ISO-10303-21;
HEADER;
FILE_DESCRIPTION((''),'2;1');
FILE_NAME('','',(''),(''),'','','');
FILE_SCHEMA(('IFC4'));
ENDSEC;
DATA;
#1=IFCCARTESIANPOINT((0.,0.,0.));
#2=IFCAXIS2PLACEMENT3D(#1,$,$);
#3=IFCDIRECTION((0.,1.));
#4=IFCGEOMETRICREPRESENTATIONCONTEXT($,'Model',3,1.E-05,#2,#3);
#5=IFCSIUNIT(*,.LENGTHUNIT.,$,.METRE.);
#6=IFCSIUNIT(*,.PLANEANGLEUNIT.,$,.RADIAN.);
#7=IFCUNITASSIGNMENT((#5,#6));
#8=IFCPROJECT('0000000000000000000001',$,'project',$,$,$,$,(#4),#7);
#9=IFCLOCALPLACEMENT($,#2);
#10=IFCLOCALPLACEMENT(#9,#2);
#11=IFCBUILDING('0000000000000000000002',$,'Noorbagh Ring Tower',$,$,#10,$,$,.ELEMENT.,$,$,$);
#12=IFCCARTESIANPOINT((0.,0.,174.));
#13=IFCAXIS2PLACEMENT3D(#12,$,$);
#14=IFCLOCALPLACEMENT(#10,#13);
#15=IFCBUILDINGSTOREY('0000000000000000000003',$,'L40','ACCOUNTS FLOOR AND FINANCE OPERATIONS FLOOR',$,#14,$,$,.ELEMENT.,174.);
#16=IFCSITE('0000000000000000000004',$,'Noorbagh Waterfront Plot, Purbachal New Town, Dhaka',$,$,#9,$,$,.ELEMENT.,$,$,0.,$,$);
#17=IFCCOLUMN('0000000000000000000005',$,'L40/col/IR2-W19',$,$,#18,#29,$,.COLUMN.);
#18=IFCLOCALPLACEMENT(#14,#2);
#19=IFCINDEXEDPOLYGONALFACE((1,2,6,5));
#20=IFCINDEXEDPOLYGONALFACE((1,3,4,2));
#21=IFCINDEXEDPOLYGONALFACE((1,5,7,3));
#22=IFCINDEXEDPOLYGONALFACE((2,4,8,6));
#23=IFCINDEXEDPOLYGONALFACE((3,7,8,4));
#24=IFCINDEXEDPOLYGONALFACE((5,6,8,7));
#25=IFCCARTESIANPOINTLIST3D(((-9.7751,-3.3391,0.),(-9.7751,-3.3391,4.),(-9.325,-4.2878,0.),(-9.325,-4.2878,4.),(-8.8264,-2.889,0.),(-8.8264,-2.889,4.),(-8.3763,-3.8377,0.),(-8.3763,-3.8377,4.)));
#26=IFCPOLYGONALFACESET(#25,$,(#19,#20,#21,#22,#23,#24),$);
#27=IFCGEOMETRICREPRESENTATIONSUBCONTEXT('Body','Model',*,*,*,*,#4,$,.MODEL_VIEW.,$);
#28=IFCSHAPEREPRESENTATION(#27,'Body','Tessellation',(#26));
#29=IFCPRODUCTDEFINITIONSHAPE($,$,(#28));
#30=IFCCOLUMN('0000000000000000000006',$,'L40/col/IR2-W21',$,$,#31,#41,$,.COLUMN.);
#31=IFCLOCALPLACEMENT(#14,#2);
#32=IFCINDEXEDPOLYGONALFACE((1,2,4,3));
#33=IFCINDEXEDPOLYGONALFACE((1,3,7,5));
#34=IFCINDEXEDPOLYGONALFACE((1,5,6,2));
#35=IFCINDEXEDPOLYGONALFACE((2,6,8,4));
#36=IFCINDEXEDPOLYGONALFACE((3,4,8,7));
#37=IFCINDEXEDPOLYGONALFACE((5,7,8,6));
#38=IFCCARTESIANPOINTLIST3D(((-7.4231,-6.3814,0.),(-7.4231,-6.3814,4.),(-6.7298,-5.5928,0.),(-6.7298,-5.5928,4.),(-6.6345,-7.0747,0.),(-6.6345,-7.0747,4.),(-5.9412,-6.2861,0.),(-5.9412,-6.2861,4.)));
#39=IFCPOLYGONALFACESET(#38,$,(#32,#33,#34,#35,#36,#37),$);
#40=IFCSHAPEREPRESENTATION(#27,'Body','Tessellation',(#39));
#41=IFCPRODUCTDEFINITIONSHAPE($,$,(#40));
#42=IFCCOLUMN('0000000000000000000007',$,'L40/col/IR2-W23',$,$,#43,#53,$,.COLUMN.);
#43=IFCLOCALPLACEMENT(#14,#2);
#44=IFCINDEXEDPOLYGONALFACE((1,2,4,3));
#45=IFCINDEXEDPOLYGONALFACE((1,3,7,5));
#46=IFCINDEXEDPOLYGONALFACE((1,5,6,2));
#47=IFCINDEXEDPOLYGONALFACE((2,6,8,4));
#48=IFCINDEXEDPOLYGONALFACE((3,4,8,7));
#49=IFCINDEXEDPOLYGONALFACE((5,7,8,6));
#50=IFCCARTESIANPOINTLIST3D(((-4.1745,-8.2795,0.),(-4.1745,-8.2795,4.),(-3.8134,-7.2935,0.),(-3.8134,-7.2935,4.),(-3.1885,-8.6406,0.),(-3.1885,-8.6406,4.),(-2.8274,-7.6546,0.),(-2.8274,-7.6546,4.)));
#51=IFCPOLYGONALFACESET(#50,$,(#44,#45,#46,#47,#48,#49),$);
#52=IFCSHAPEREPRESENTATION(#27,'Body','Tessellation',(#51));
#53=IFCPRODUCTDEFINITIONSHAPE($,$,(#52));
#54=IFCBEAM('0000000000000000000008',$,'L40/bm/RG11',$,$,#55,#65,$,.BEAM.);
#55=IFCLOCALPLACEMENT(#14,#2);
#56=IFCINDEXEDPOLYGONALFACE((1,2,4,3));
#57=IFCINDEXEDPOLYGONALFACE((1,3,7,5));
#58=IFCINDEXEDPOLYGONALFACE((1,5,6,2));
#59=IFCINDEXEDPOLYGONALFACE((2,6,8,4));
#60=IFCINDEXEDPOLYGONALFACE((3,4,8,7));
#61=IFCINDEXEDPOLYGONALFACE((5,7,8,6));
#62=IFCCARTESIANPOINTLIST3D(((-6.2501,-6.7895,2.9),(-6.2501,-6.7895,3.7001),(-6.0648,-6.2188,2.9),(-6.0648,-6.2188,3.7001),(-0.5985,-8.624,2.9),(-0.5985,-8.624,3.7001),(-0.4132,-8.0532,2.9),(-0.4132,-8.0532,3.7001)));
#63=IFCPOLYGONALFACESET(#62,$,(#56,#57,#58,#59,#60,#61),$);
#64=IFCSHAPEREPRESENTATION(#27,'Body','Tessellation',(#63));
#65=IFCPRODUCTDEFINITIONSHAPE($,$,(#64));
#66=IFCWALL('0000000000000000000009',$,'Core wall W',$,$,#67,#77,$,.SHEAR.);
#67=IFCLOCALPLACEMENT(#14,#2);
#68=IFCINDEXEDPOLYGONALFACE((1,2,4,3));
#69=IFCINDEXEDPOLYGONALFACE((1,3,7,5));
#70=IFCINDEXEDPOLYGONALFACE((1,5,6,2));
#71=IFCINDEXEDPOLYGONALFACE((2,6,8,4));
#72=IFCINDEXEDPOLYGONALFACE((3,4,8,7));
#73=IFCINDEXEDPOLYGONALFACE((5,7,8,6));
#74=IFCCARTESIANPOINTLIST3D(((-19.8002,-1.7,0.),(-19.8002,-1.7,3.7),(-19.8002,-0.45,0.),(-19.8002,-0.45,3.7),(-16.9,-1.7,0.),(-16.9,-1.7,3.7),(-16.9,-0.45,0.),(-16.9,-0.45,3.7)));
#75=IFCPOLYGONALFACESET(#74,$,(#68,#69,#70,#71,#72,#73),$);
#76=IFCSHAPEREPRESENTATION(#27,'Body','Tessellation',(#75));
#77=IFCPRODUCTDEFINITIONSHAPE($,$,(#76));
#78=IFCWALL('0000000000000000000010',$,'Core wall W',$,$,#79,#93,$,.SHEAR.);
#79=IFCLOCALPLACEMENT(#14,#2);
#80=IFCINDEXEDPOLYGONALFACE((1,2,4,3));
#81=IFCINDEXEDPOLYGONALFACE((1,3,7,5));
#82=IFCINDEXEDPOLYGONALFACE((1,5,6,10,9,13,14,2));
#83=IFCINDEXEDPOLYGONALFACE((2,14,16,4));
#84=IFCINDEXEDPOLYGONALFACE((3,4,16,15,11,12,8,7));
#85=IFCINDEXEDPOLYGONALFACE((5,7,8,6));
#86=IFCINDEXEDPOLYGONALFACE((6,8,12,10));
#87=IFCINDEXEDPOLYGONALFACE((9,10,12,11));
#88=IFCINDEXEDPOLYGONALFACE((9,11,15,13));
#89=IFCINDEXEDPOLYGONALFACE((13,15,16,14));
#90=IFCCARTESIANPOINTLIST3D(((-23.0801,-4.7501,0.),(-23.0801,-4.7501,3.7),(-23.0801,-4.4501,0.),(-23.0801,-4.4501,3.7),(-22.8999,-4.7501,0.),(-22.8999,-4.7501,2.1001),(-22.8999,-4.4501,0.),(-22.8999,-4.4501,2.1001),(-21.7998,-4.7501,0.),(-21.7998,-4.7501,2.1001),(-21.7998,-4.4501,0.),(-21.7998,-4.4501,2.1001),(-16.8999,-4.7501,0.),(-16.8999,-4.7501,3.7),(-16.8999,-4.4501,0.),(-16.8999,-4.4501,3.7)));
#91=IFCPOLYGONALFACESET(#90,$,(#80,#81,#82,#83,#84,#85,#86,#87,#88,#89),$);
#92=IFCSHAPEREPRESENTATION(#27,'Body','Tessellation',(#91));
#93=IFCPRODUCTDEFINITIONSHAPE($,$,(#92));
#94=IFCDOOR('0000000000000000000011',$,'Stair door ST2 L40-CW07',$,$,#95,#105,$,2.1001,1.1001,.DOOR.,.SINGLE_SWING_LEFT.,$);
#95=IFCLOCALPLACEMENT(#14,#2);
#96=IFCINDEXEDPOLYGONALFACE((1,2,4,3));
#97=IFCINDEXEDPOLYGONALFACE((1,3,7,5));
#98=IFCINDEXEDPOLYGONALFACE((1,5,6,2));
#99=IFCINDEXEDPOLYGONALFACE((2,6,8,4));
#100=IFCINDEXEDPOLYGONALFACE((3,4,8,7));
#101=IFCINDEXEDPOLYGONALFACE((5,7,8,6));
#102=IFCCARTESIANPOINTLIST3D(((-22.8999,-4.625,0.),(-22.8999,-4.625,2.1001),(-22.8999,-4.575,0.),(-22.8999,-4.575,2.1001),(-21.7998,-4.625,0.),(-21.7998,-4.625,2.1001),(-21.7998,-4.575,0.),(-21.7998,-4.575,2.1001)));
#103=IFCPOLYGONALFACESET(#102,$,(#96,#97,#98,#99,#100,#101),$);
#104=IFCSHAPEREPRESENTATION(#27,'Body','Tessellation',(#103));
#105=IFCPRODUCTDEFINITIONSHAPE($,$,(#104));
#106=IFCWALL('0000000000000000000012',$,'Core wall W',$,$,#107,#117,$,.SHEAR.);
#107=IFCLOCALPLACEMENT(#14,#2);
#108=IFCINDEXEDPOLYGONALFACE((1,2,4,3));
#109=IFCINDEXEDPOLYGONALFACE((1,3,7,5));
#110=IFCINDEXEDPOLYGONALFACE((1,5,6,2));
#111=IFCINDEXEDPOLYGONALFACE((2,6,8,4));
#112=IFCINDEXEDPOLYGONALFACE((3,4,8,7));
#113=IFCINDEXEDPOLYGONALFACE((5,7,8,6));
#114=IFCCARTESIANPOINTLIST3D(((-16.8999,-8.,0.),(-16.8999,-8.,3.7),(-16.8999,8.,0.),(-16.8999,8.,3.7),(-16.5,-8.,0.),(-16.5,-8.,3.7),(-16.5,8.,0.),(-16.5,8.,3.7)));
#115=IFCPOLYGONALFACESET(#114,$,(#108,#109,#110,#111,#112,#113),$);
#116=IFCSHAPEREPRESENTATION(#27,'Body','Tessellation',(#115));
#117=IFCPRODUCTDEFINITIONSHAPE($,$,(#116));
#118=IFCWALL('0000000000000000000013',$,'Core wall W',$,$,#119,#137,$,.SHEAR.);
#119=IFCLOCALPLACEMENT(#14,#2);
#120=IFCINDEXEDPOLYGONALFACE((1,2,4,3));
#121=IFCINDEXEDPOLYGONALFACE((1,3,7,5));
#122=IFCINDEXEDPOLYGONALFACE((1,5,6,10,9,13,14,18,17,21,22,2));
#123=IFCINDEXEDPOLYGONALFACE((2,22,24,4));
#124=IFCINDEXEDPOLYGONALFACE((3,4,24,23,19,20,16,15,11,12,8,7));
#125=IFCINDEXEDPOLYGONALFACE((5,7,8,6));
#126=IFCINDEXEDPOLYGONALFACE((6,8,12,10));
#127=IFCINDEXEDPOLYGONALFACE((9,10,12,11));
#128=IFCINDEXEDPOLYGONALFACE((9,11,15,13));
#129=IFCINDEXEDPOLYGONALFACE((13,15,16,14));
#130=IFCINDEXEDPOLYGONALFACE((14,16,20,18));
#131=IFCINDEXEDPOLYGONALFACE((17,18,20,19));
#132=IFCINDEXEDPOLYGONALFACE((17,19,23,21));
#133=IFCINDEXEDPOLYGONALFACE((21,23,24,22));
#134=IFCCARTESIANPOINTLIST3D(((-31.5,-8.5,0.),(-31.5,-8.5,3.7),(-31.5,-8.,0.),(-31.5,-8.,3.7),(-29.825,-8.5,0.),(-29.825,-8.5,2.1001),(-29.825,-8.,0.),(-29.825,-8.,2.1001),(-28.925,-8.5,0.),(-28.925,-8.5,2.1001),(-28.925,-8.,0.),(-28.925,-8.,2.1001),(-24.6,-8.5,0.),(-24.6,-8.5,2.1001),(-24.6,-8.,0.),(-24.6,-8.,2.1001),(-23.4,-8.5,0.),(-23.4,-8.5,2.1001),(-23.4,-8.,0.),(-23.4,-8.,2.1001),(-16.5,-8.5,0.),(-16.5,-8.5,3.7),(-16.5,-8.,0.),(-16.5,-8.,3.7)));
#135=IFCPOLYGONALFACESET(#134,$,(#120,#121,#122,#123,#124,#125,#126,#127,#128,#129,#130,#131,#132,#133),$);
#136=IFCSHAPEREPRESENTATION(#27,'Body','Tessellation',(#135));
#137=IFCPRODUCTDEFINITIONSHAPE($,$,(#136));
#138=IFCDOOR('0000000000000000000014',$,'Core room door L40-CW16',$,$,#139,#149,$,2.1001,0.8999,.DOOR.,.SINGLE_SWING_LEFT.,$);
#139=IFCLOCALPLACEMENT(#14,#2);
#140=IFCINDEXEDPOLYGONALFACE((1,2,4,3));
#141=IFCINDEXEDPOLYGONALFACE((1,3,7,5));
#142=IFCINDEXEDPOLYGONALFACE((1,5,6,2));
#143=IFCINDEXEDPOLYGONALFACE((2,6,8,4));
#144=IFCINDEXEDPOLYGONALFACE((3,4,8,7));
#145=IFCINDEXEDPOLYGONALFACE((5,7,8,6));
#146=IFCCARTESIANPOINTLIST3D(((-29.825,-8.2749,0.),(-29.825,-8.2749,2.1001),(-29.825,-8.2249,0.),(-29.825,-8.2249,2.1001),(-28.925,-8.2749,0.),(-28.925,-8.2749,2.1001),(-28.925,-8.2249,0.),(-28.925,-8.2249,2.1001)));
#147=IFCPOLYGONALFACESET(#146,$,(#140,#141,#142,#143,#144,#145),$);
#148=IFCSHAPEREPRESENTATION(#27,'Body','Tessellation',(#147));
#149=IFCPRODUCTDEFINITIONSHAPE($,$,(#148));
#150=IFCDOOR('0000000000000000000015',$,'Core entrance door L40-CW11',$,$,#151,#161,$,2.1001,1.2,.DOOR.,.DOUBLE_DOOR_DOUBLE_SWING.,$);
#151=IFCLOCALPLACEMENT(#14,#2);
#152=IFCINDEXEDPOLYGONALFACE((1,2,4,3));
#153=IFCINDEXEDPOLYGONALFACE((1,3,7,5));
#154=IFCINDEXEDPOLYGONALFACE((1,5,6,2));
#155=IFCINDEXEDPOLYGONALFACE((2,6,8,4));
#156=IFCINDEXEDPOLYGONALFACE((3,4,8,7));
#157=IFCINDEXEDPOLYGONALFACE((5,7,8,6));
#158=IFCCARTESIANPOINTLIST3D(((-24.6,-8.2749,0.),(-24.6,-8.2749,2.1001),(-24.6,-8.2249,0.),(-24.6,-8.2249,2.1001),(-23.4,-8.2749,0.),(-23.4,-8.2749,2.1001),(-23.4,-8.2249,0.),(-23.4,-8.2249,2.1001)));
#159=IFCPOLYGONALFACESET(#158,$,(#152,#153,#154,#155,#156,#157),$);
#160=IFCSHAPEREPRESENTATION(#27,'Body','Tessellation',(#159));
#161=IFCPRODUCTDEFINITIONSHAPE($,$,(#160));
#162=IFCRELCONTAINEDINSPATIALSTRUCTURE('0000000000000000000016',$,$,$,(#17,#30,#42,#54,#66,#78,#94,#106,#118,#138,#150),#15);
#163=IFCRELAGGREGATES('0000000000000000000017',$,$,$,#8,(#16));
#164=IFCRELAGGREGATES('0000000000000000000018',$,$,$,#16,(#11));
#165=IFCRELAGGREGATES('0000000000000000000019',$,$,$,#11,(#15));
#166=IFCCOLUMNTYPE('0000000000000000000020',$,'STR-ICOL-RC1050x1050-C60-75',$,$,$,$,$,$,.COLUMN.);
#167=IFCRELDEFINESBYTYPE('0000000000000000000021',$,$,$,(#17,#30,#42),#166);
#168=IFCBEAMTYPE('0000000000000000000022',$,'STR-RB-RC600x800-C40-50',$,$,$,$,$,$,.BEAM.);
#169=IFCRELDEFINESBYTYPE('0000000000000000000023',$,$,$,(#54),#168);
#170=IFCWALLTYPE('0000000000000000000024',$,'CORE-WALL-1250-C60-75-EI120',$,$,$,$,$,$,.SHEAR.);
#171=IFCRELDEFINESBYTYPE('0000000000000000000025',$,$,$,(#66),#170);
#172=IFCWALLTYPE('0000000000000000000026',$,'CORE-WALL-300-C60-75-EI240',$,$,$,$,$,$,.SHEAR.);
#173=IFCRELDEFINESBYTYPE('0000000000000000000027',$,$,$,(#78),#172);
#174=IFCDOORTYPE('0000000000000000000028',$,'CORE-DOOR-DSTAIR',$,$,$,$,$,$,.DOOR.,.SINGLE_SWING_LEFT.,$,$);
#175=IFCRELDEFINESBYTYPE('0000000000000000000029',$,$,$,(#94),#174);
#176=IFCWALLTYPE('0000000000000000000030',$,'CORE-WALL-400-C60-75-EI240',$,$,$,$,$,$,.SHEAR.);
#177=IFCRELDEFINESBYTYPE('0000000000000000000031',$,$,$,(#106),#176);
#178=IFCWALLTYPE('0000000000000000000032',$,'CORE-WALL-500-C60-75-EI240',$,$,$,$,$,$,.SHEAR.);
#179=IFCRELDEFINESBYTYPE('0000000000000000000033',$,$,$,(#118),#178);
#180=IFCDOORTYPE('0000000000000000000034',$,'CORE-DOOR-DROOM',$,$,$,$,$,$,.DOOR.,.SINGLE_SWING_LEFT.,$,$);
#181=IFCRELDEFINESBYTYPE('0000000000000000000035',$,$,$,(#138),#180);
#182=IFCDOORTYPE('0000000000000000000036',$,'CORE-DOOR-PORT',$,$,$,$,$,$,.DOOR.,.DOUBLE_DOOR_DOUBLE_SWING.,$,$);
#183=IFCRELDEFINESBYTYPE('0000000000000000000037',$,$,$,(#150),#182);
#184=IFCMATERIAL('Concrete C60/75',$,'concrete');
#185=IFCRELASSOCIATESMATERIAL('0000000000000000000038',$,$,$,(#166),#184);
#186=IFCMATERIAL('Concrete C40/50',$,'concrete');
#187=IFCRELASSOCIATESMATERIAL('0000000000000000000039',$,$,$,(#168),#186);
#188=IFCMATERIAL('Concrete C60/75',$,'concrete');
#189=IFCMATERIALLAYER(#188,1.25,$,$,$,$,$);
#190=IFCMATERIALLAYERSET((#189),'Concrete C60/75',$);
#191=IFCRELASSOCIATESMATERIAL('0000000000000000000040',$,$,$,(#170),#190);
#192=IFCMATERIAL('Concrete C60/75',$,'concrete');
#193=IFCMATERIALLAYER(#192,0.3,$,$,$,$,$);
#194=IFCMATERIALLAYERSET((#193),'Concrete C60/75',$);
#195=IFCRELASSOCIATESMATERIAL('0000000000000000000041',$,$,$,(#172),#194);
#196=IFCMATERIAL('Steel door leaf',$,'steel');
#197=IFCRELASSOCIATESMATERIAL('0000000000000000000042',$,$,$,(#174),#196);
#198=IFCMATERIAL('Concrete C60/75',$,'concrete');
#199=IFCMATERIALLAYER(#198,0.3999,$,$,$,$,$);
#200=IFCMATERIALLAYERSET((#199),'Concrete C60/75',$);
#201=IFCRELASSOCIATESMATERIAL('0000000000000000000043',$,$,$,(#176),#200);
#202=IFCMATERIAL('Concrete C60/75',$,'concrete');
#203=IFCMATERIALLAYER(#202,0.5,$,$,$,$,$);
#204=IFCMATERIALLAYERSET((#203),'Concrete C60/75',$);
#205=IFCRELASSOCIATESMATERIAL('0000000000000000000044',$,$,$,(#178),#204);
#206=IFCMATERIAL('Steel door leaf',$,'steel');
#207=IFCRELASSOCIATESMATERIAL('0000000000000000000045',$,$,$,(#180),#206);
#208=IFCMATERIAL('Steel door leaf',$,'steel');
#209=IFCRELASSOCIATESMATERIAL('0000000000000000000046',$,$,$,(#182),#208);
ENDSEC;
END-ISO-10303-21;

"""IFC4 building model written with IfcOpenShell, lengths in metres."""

from ifc_helpers import new_model, si_unit, direction, frame, frame_2d, origin, origin_2d, place, context, subcontext, project, spatial, rectangle, extrude, material, layer, layer_set, material_profile, profile_set, type_object, element, fill, save


model = new_model("IFC4")

# Units and contexts
model_context = context("Model", 3, precision=1e-05, world=origin(), true_north=direction((0.0, 1.0)))
body_context = subcontext(model_context, "Body", "Model", "MODEL_VIEW")
ifc_project = project(units=[si_unit("LENGTHUNIT", "METRE"), si_unit("PLANEANGLEUNIT", "RADIAN")], contexts=[model_context])

# Site, building, storey
site_placement = place(None, origin())
site = spatial("IfcSite", under=ifc_project, at=site_placement, Name="Noorbagh Waterfront Plot, Purbachal New Town, Dhaka", CompositionType="ELEMENT", RefElevation=0.0)
building_placement = place(site_placement, origin())
building = spatial("IfcBuilding", under=site, at=building_placement, Name="Noorbagh Ring Tower", CompositionType="ELEMENT")
storey_placement = place(building_placement, frame((0.0, 0.0, 174.0)))
storey = spatial("IfcBuildingStorey", under=building, at=storey_placement, Name="L40", Description="ACCOUNTS FLOOR AND FINANCE OPERATIONS FLOOR", CompositionType="ELEMENT", Elevation=174.0)

# Columns
ifc_material_1 = material(Name="Concrete C60/75", Category="concrete")
ifc_material_profile_1 = material_profile(ifc_material_1, rectangle(XDim=1.05, YDim=1.05, at=origin_2d()), Name="RC1050x1050")
ifc_profile_set_1 = profile_set([ifc_material_profile_1], Name="Concrete C60/75")
column_type = type_object("IfcColumnType", Name="STR-ICOL-RC1050x1050-C60-75", PredefinedType="COLUMN", material=ifc_profile_set_1)
for number, where, z_axis, x_axis, name in (
    (1, (-9.0757, -3.5884, 0.0), (0.0, 0.0, 1.0), (0.428667, -0.903463, 0.0), "L40/col/IR2-W19"),
    (2, (-6.6821, -6.3337, 0.0), (0.0, 0.0, 1.0), (0.751022, -0.660277, 0.0), "L40/col/IR2-W21"),
    (3, (-3.501, -7.967, 0.0), (0.0, 0.0, 1.0), (0.93902, -0.343864, 0.0), "L40/col/IR2-W23"),
):
    element("IfcColumn", number, at=place(storey_placement, frame(where, z_axis=z_axis, x_axis=x_axis)), inside=storey, type_object=column_type, Name=name, PredefinedType="COLUMN", context=body_context, shape_type="SweptSolid", body=[
        extrude(rectangle(XDim=1.05, YDim=1.05, at=origin_2d()), origin(), (0.0, 0.0, 1.0), 4.0),
    ])

# Beam
ifc_material_2 = material(Name="Concrete C40/50", Category="concrete")
ifc_material_profile_2 = material_profile(ifc_material_2, rectangle(XDim=0.6001, YDim=0.8, at=origin_2d()), Name="RC600x800")
ifc_profile_set_2 = profile_set([ifc_material_profile_2], Name="Concrete C40/50")
beam_type = type_object("IfcBeamType", Name="STR-RB-RC600x800-C40-50", PredefinedType="BEAM", material=ifc_profile_set_2)
beam_placement = place(storey_placement, frame((-6.1575, -6.5042, 3.3), z_axis=(0.951148, -0.308736, 0.0), x_axis=(0.308736, 0.951148, 0.0)))
element("IfcBeam", 4, at=beam_placement, inside=storey, type_object=beam_type, Name="L40/bm/RG11", PredefinedType="BEAM", context=body_context, shape_type="SweptSolid", body=[
    extrude(rectangle(XDim=0.6001, YDim=0.8, at=origin_2d()), origin(), (0.0, 0.0, 1.0), 5.9419),
])

# Wall
ifc_material_3 = material(Name="Concrete C60/75", Category="concrete")
ifc_layer_1 = layer(ifc_material_3, 1.25)
ifc_layer_set_1 = layer_set([ifc_layer_1], Name="Concrete C60/75")
wall_type_1 = type_object("IfcWallType", Name="CORE-WALL-1250-C60-75-EI120", PredefinedType="SHEAR", material=ifc_layer_set_1)
wall_1_placement = place(storey_placement, frame((-16.8999, -1.075, 0.0), z_axis=(0.0, 0.0, 1.0), x_axis=(-1.0, 0.0, 0.0)))
element("IfcWall", 5, at=wall_1_placement, inside=storey, type_object=wall_type_1, Name="Core wall W", PredefinedType="SHEAR", context=body_context, shape_type="SweptSolid", body=[
    extrude(rectangle(XDim=2.9001, YDim=1.25, at=frame_2d((1.4502, 0.0))), origin(), (0.0, 0.0, 1.0), 3.7),
])

# Wall, opening, door
ifc_material_4 = material(Name="Concrete C60/75", Category="concrete")
ifc_layer_2 = layer(ifc_material_4, 0.3)
ifc_layer_set_2 = layer_set([ifc_layer_2], Name="Concrete C60/75")
wall_type_2 = type_object("IfcWallType", Name="CORE-WALL-300-C60-75-EI240", PredefinedType="SHEAR", material=ifc_layer_set_2)
wall_2_placement = place(storey_placement, frame((-16.8999, -4.6001, 0.0), z_axis=(0.0, 0.0, 1.0), x_axis=(-1.0, 0.0, 0.0)))
wall_2 = element("IfcWall", 6, at=wall_2_placement, inside=storey, type_object=wall_type_2, Name="Core wall W", PredefinedType="SHEAR", context=body_context, shape_type="SweptSolid", body=[
    extrude(rectangle(XDim=6.1802, YDim=0.3, at=frame_2d((3.0901, 0.0))), origin(), (0.0, 0.0, 1.0), 3.7),
])
opening_1_placement = place(wall_2_placement, frame((4.8999, 0.0, 0.0)))
opening_1 = element("IfcOpeningElement", 7, at=opening_1_placement, cuts=wall_2, PredefinedType="OPENING", context=body_context, shape_type="SweptSolid", body=[
    extrude(rectangle(XDim=1.1001, YDim=2.1001, at=frame_2d((0.55, 1.05))), frame((0.0, 0.1602, 0.0), z_axis=(0.0, -1.0, 0.0), x_axis=(1.0, 0.0, 0.0)), (0.0, 0.0, 1.0), 0.3201),
])
ifc_material_5 = material(Name="Steel door leaf", Category="steel")
door_type_1 = type_object("IfcDoorType", Name="CORE-DOOR-DSTAIR", OperationType="SINGLE_SWING_LEFT", PredefinedType="DOOR", material=ifc_material_5)
door_1_placement = place(opening_1_placement, origin())
door_1 = element("IfcDoor", 8, at=door_1_placement, inside=storey, type_object=door_type_1, Name="Stair door ST2 L40-CW07", OperationType="SINGLE_SWING_LEFT", OverallHeight=2.1001, OverallWidth=1.1001, PredefinedType="DOOR", context=body_context, shape_type="SweptSolid", body=[
    extrude(rectangle(XDim=1.1001, YDim=2.1001, at=frame_2d((0.55, 1.05))), frame((0.0, 0.0249, 0.0), z_axis=(0.0, -1.0, 0.0), x_axis=(1.0, 0.0, 0.0)), (0.0, 0.0, 1.0), 0.05),
])
fill(opening_1, door_1)

# Wall
ifc_material_6 = material(Name="Concrete C60/75", Category="concrete")
ifc_layer_3 = layer(ifc_material_6, 0.3999)
ifc_layer_set_3 = layer_set([ifc_layer_3], Name="Concrete C60/75")
wall_type_3 = type_object("IfcWallType", Name="CORE-WALL-400-C60-75-EI240", PredefinedType="SHEAR", material=ifc_layer_set_3)
wall_3_placement = place(storey_placement, frame((-16.7, -8.0, 0.0), z_axis=(0.0, 0.0, 1.0), x_axis=(0.0, 1.0, 0.0)))
element("IfcWall", 9, at=wall_3_placement, inside=storey, type_object=wall_type_3, Name="Core wall W", PredefinedType="SHEAR", context=body_context, shape_type="SweptSolid", body=[
    extrude(rectangle(XDim=16.0, YDim=0.3999, at=frame_2d((8.0, 0.0))), origin(), (0.0, 0.0, 1.0), 3.7),
])

# Wall, openings, doors
ifc_material_7 = material(Name="Concrete C60/75", Category="concrete")
ifc_layer_4 = layer(ifc_material_7, 0.5)
ifc_layer_set_4 = layer_set([ifc_layer_4], Name="Concrete C60/75")
wall_type_4 = type_object("IfcWallType", Name="CORE-WALL-500-C60-75-EI240", PredefinedType="SHEAR", material=ifc_layer_set_4)
wall_4_placement = place(storey_placement, frame((-16.5, -8.25, 0.0), z_axis=(0.0, 0.0, 1.0), x_axis=(-1.0, 0.0, 0.0)))
wall_4 = element("IfcWall", 10, at=wall_4_placement, inside=storey, type_object=wall_type_4, Name="Core wall W", PredefinedType="SHEAR", context=body_context, shape_type="SweptSolid", body=[
    extrude(rectangle(XDim=15.0, YDim=0.5, at=frame_2d((7.5, 0.0))), origin(), (0.0, 0.0, 1.0), 3.7),
])
opening_2_placement = place(wall_4_placement, frame((6.8999, 0.0, 0.0)))
opening_2 = element("IfcOpeningElement", 11, at=opening_2_placement, cuts=wall_4, PredefinedType="OPENING", context=body_context, shape_type="SweptSolid", body=[
    extrude(rectangle(XDim=1.2, YDim=2.1001, at=frame_2d((0.6001, 1.05))), frame((0.0, 0.26, 0.0), z_axis=(0.0, -1.0, 0.0), x_axis=(1.0, 0.0, 0.0)), (0.0, 0.0, 1.0), 0.52),
])
opening_3_placement = place(wall_4_placement, frame((12.425, 0.0, 0.0)))
opening_3 = element("IfcOpeningElement", 12, at=opening_3_placement, cuts=wall_4, PredefinedType="OPENING", context=body_context, shape_type="SweptSolid", body=[
    extrude(rectangle(XDim=0.8999, YDim=2.1001, at=frame_2d((0.45, 1.05))), frame((0.0, 0.26, 0.0), z_axis=(0.0, -1.0, 0.0), x_axis=(1.0, 0.0, 0.0)), (0.0, 0.0, 1.0), 0.52),
])
ifc_material_8 = material(Name="Steel door leaf", Category="steel")
door_type_2 = type_object("IfcDoorType", Name="CORE-DOOR-DROOM", OperationType="SINGLE_SWING_LEFT", PredefinedType="DOOR", material=ifc_material_8)
door_2_placement = place(opening_3_placement, origin())
door_2 = element("IfcDoor", 13, at=door_2_placement, inside=storey, type_object=door_type_2, Name="Core room door L40-CW16", OperationType="SINGLE_SWING_LEFT", OverallHeight=2.1001, OverallWidth=0.8999, PredefinedType="DOOR", context=body_context, shape_type="SweptSolid", body=[
    extrude(rectangle(XDim=0.8999, YDim=2.1001, at=frame_2d((0.45, 1.05))), frame((0.0, 0.0249, 0.0), z_axis=(0.0, -1.0, 0.0), x_axis=(1.0, 0.0, 0.0)), (0.0, 0.0, 1.0), 0.05),
])
fill(opening_3, door_2)
ifc_material_9 = material(Name="Steel door leaf", Category="steel")
door_type_3 = type_object("IfcDoorType", Name="CORE-DOOR-PORT", OperationType="DOUBLE_DOOR_DOUBLE_SWING", PredefinedType="DOOR", material=ifc_material_9)
door_3_placement = place(opening_2_placement, origin())
door_3 = element("IfcDoor", 14, at=door_3_placement, inside=storey, type_object=door_type_3, Name="Core entrance door L40-CW11", OperationType="DOUBLE_DOOR_DOUBLE_SWING", OverallHeight=2.1001, OverallWidth=1.2, PredefinedType="DOOR", context=body_context, shape_type="SweptSolid", body=[
    extrude(rectangle(XDim=1.2, YDim=2.1001, at=frame_2d((0.6001, 1.05))), frame((0.0, 0.0249, 0.0), z_axis=(0.0, -1.0, 0.0), x_axis=(1.0, 0.0, 0.0)), (0.0, 0.0, 1.0), 0.05),
])
fill(opening_2, door_3)

save(model, "model.ifc")
